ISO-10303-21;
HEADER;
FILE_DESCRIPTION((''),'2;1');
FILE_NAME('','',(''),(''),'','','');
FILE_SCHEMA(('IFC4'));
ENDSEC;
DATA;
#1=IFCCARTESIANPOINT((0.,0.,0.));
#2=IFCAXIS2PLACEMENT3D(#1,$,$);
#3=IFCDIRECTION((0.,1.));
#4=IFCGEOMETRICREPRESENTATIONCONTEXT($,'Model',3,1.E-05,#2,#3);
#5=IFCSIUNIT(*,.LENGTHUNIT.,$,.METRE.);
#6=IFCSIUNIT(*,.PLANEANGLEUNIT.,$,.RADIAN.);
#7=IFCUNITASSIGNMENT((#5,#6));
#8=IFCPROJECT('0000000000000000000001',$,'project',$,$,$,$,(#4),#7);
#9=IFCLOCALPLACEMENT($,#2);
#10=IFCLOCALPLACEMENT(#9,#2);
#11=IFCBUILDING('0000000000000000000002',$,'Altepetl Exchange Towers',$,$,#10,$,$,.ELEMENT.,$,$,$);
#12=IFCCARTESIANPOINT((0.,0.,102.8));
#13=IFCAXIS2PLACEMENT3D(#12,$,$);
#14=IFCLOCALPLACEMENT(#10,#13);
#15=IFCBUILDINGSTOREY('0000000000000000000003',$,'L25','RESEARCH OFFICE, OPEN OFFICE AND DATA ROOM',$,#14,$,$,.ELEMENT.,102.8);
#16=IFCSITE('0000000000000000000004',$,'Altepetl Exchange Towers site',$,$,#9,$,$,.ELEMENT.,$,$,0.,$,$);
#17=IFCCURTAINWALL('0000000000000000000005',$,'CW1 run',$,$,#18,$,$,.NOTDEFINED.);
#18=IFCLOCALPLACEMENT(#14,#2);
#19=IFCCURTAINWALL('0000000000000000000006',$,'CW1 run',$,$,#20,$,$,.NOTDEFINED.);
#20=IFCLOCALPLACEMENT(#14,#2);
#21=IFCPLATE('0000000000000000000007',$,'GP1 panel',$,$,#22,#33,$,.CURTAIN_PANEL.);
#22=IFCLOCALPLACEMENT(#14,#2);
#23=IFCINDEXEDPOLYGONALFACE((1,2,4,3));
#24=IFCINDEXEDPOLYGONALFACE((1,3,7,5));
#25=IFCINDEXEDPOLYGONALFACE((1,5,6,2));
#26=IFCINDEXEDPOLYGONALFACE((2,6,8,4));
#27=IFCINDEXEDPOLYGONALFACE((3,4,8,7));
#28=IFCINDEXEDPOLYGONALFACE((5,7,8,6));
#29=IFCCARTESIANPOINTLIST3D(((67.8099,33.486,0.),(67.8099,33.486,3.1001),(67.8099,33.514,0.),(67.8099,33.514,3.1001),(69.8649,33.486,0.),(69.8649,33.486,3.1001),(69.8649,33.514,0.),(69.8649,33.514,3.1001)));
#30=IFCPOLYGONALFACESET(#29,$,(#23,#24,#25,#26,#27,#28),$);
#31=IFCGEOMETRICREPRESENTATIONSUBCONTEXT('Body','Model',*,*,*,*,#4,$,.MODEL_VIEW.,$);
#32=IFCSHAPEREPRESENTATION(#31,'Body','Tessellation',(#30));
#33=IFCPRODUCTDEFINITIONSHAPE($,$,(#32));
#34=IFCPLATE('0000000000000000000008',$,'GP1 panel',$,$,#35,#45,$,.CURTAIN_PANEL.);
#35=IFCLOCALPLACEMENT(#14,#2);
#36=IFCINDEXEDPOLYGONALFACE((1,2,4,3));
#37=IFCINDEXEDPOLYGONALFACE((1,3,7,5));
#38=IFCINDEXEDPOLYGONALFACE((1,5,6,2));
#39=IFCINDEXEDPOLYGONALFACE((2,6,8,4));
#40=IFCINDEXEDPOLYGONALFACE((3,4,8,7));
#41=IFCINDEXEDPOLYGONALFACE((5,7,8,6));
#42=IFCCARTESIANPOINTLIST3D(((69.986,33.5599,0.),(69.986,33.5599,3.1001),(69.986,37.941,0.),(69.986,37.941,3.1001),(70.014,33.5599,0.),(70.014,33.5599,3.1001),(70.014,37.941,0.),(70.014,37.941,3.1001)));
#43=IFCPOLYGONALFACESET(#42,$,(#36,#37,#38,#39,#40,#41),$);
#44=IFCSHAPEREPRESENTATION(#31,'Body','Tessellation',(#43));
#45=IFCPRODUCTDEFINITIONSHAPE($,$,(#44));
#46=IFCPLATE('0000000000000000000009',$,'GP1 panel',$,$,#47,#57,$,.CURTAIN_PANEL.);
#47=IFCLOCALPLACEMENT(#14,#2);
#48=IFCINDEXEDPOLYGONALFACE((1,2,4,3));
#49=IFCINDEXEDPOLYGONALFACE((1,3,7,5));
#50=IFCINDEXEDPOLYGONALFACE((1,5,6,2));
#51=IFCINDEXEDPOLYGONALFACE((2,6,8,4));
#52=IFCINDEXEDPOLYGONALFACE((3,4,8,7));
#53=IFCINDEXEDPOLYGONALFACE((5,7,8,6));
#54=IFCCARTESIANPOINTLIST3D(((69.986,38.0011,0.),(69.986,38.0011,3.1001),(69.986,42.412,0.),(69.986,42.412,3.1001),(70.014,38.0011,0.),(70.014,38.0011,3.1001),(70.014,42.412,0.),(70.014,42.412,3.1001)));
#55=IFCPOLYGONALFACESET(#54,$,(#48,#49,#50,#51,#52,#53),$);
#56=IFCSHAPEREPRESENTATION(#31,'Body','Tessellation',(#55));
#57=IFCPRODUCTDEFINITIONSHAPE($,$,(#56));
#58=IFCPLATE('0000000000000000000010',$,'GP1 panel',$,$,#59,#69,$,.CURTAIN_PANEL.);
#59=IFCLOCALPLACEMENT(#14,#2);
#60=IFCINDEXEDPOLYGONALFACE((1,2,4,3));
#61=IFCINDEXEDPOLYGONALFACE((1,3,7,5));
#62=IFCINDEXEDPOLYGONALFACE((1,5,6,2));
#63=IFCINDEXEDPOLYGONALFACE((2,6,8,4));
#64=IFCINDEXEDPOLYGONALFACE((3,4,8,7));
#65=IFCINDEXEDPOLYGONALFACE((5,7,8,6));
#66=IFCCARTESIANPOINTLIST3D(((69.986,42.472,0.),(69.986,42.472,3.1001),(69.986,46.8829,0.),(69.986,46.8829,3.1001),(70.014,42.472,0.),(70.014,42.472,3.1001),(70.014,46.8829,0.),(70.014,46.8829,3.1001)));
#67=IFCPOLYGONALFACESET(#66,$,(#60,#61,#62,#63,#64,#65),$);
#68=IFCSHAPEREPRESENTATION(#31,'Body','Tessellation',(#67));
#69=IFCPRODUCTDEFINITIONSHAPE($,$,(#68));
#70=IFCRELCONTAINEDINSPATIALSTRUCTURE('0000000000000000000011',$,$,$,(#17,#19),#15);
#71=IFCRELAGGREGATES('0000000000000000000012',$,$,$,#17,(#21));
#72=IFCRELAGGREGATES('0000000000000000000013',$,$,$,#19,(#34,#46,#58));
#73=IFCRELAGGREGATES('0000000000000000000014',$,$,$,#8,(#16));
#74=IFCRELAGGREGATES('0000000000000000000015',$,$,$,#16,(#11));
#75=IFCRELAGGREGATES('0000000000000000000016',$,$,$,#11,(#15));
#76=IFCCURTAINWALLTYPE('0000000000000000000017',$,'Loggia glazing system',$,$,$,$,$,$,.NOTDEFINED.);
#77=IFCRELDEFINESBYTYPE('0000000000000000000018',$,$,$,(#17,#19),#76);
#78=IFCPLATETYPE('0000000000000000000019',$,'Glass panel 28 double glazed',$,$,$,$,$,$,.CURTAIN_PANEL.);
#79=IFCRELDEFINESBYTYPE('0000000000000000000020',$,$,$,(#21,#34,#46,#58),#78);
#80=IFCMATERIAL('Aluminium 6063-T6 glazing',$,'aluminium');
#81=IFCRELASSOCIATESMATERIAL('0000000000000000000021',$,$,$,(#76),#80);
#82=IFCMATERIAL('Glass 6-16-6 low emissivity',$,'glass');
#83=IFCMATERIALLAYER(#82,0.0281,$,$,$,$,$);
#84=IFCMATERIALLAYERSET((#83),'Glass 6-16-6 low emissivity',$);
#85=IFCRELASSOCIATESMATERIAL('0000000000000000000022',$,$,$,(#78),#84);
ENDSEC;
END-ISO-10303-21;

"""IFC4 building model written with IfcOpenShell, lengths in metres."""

from ifc_helpers import new_model, si_unit, direction, frame, origin, origin_2d, place, context, subcontext, project, spatial, rectangle, extrude, material, layer, layer_set, type_object, element, aggregate, save


model = new_model("IFC4")

# Units and contexts
model_context = context("Model", 3, precision=1e-05, world=origin(), true_north=direction((0.0, 1.0)))
body_context = subcontext(model_context, "Body", "Model", "MODEL_VIEW")
ifc_project = project(units=[si_unit("LENGTHUNIT", "METRE"), si_unit("PLANEANGLEUNIT", "RADIAN")], contexts=[model_context])

# Site, building, storey
site_placement = place(None, origin())
site = spatial("IfcSite", under=ifc_project, at=site_placement, Name="Altepetl Exchange Towers site", CompositionType="ELEMENT", RefElevation=0.0)
building_placement = place(site_placement, origin())
building = spatial("IfcBuilding", under=site, at=building_placement, Name="Altepetl Exchange Towers", CompositionType="ELEMENT")
storey_placement = place(building_placement, frame((0.0, 0.0, 102.8)))
storey = spatial("IfcBuildingStorey", under=building, at=storey_placement, Name="L25", Description="RESEARCH OFFICE, OPEN OFFICE AND DATA ROOM", CompositionType="ELEMENT", Elevation=102.8)

# Curtain walls
ifc_material_1 = material(Name="Aluminium 6063-T6 glazing", Category="aluminium")
curtain_wall_type = type_object("IfcCurtainWallType", Name="Loggia glazing system", PredefinedType="NOTDEFINED", material=ifc_material_1)
curtain_wall_1_placement = place(storey_placement, origin())
curtain_wall_1 = element("IfcCurtainWall", 1, at=curtain_wall_1_placement, inside=storey, type_object=curtain_wall_type, Name="CW1 run", PredefinedType="NOTDEFINED")
curtain_wall_2_placement = place(storey_placement, origin())
curtain_wall_2 = element("IfcCurtainWall", 2, at=curtain_wall_2_placement, inside=storey, type_object=curtain_wall_type, Name="CW1 run", PredefinedType="NOTDEFINED")

# Plates
ifc_material_2 = material(Name="Glass 6-16-6 low emissivity", Category="glass")
ifc_layer = layer(ifc_material_2, 0.0281)
ifc_layer_set = layer_set([ifc_layer], Name="Glass 6-16-6 low emissivity")
plate_type = type_object("IfcPlateType", Name="Glass panel 28 double glazed", PredefinedType="CURTAIN_PANEL", material=ifc_layer_set)
plate_1_placement = place(storey_placement, frame((68.8374, 33.5, 0.0)))
plate_1 = element("IfcPlate", 3, at=plate_1_placement, type_object=plate_type, Name="GP1 panel", PredefinedType="CURTAIN_PANEL", context=body_context, shape_type="SweptSolid", body=[
    extrude(rectangle(XDim=2.0549, YDim=0.0281, at=origin_2d()), origin(), (0.0, 0.0, 1.0), 3.1001),
])
aggregate(curtain_wall_1, [plate_1])
plate_2_placement = place(storey_placement, frame((70.0, 35.7505, 0.0), z_axis=(0.0, 0.0, 1.0), x_axis=(0.0, 1.0, 0.0)))
plate_2 = element("IfcPlate", 4, at=plate_2_placement, type_object=plate_type, Name="GP1 panel", PredefinedType="CURTAIN_PANEL", context=body_context, shape_type="SweptSolid", body=[
    extrude(rectangle(XDim=4.3811, YDim=0.0281, at=origin_2d()), origin(), (0.0, 0.0, 1.0), 3.1001),
])
plate_3_placement = place(storey_placement, frame((70.0, 40.2065, 0.0), z_axis=(0.0, 0.0, 1.0), x_axis=(0.0, 1.0, 0.0)))
plate_3 = element("IfcPlate", 5, at=plate_3_placement, type_object=plate_type, Name="GP1 panel", PredefinedType="CURTAIN_PANEL", context=body_context, shape_type="SweptSolid", body=[
    extrude(rectangle(XDim=4.4109, YDim=0.0281, at=origin_2d()), origin(), (0.0, 0.0, 1.0), 3.1001),
])
plate_4_placement = place(storey_placement, frame((70.0, 44.6775, 0.0), z_axis=(0.0, 0.0, 1.0), x_axis=(0.0, 1.0, 0.0)))
plate_4 = element("IfcPlate", 6, at=plate_4_placement, type_object=plate_type, Name="GP1 panel", PredefinedType="CURTAIN_PANEL", context=body_context, shape_type="SweptSolid", body=[
    extrude(rectangle(XDim=4.4109, YDim=0.0281, at=origin_2d()), origin(), (0.0, 0.0, 1.0), 3.1001),
])
aggregate(curtain_wall_2, [plate_2, plate_3, plate_4])

save(model, "model.ifc")
